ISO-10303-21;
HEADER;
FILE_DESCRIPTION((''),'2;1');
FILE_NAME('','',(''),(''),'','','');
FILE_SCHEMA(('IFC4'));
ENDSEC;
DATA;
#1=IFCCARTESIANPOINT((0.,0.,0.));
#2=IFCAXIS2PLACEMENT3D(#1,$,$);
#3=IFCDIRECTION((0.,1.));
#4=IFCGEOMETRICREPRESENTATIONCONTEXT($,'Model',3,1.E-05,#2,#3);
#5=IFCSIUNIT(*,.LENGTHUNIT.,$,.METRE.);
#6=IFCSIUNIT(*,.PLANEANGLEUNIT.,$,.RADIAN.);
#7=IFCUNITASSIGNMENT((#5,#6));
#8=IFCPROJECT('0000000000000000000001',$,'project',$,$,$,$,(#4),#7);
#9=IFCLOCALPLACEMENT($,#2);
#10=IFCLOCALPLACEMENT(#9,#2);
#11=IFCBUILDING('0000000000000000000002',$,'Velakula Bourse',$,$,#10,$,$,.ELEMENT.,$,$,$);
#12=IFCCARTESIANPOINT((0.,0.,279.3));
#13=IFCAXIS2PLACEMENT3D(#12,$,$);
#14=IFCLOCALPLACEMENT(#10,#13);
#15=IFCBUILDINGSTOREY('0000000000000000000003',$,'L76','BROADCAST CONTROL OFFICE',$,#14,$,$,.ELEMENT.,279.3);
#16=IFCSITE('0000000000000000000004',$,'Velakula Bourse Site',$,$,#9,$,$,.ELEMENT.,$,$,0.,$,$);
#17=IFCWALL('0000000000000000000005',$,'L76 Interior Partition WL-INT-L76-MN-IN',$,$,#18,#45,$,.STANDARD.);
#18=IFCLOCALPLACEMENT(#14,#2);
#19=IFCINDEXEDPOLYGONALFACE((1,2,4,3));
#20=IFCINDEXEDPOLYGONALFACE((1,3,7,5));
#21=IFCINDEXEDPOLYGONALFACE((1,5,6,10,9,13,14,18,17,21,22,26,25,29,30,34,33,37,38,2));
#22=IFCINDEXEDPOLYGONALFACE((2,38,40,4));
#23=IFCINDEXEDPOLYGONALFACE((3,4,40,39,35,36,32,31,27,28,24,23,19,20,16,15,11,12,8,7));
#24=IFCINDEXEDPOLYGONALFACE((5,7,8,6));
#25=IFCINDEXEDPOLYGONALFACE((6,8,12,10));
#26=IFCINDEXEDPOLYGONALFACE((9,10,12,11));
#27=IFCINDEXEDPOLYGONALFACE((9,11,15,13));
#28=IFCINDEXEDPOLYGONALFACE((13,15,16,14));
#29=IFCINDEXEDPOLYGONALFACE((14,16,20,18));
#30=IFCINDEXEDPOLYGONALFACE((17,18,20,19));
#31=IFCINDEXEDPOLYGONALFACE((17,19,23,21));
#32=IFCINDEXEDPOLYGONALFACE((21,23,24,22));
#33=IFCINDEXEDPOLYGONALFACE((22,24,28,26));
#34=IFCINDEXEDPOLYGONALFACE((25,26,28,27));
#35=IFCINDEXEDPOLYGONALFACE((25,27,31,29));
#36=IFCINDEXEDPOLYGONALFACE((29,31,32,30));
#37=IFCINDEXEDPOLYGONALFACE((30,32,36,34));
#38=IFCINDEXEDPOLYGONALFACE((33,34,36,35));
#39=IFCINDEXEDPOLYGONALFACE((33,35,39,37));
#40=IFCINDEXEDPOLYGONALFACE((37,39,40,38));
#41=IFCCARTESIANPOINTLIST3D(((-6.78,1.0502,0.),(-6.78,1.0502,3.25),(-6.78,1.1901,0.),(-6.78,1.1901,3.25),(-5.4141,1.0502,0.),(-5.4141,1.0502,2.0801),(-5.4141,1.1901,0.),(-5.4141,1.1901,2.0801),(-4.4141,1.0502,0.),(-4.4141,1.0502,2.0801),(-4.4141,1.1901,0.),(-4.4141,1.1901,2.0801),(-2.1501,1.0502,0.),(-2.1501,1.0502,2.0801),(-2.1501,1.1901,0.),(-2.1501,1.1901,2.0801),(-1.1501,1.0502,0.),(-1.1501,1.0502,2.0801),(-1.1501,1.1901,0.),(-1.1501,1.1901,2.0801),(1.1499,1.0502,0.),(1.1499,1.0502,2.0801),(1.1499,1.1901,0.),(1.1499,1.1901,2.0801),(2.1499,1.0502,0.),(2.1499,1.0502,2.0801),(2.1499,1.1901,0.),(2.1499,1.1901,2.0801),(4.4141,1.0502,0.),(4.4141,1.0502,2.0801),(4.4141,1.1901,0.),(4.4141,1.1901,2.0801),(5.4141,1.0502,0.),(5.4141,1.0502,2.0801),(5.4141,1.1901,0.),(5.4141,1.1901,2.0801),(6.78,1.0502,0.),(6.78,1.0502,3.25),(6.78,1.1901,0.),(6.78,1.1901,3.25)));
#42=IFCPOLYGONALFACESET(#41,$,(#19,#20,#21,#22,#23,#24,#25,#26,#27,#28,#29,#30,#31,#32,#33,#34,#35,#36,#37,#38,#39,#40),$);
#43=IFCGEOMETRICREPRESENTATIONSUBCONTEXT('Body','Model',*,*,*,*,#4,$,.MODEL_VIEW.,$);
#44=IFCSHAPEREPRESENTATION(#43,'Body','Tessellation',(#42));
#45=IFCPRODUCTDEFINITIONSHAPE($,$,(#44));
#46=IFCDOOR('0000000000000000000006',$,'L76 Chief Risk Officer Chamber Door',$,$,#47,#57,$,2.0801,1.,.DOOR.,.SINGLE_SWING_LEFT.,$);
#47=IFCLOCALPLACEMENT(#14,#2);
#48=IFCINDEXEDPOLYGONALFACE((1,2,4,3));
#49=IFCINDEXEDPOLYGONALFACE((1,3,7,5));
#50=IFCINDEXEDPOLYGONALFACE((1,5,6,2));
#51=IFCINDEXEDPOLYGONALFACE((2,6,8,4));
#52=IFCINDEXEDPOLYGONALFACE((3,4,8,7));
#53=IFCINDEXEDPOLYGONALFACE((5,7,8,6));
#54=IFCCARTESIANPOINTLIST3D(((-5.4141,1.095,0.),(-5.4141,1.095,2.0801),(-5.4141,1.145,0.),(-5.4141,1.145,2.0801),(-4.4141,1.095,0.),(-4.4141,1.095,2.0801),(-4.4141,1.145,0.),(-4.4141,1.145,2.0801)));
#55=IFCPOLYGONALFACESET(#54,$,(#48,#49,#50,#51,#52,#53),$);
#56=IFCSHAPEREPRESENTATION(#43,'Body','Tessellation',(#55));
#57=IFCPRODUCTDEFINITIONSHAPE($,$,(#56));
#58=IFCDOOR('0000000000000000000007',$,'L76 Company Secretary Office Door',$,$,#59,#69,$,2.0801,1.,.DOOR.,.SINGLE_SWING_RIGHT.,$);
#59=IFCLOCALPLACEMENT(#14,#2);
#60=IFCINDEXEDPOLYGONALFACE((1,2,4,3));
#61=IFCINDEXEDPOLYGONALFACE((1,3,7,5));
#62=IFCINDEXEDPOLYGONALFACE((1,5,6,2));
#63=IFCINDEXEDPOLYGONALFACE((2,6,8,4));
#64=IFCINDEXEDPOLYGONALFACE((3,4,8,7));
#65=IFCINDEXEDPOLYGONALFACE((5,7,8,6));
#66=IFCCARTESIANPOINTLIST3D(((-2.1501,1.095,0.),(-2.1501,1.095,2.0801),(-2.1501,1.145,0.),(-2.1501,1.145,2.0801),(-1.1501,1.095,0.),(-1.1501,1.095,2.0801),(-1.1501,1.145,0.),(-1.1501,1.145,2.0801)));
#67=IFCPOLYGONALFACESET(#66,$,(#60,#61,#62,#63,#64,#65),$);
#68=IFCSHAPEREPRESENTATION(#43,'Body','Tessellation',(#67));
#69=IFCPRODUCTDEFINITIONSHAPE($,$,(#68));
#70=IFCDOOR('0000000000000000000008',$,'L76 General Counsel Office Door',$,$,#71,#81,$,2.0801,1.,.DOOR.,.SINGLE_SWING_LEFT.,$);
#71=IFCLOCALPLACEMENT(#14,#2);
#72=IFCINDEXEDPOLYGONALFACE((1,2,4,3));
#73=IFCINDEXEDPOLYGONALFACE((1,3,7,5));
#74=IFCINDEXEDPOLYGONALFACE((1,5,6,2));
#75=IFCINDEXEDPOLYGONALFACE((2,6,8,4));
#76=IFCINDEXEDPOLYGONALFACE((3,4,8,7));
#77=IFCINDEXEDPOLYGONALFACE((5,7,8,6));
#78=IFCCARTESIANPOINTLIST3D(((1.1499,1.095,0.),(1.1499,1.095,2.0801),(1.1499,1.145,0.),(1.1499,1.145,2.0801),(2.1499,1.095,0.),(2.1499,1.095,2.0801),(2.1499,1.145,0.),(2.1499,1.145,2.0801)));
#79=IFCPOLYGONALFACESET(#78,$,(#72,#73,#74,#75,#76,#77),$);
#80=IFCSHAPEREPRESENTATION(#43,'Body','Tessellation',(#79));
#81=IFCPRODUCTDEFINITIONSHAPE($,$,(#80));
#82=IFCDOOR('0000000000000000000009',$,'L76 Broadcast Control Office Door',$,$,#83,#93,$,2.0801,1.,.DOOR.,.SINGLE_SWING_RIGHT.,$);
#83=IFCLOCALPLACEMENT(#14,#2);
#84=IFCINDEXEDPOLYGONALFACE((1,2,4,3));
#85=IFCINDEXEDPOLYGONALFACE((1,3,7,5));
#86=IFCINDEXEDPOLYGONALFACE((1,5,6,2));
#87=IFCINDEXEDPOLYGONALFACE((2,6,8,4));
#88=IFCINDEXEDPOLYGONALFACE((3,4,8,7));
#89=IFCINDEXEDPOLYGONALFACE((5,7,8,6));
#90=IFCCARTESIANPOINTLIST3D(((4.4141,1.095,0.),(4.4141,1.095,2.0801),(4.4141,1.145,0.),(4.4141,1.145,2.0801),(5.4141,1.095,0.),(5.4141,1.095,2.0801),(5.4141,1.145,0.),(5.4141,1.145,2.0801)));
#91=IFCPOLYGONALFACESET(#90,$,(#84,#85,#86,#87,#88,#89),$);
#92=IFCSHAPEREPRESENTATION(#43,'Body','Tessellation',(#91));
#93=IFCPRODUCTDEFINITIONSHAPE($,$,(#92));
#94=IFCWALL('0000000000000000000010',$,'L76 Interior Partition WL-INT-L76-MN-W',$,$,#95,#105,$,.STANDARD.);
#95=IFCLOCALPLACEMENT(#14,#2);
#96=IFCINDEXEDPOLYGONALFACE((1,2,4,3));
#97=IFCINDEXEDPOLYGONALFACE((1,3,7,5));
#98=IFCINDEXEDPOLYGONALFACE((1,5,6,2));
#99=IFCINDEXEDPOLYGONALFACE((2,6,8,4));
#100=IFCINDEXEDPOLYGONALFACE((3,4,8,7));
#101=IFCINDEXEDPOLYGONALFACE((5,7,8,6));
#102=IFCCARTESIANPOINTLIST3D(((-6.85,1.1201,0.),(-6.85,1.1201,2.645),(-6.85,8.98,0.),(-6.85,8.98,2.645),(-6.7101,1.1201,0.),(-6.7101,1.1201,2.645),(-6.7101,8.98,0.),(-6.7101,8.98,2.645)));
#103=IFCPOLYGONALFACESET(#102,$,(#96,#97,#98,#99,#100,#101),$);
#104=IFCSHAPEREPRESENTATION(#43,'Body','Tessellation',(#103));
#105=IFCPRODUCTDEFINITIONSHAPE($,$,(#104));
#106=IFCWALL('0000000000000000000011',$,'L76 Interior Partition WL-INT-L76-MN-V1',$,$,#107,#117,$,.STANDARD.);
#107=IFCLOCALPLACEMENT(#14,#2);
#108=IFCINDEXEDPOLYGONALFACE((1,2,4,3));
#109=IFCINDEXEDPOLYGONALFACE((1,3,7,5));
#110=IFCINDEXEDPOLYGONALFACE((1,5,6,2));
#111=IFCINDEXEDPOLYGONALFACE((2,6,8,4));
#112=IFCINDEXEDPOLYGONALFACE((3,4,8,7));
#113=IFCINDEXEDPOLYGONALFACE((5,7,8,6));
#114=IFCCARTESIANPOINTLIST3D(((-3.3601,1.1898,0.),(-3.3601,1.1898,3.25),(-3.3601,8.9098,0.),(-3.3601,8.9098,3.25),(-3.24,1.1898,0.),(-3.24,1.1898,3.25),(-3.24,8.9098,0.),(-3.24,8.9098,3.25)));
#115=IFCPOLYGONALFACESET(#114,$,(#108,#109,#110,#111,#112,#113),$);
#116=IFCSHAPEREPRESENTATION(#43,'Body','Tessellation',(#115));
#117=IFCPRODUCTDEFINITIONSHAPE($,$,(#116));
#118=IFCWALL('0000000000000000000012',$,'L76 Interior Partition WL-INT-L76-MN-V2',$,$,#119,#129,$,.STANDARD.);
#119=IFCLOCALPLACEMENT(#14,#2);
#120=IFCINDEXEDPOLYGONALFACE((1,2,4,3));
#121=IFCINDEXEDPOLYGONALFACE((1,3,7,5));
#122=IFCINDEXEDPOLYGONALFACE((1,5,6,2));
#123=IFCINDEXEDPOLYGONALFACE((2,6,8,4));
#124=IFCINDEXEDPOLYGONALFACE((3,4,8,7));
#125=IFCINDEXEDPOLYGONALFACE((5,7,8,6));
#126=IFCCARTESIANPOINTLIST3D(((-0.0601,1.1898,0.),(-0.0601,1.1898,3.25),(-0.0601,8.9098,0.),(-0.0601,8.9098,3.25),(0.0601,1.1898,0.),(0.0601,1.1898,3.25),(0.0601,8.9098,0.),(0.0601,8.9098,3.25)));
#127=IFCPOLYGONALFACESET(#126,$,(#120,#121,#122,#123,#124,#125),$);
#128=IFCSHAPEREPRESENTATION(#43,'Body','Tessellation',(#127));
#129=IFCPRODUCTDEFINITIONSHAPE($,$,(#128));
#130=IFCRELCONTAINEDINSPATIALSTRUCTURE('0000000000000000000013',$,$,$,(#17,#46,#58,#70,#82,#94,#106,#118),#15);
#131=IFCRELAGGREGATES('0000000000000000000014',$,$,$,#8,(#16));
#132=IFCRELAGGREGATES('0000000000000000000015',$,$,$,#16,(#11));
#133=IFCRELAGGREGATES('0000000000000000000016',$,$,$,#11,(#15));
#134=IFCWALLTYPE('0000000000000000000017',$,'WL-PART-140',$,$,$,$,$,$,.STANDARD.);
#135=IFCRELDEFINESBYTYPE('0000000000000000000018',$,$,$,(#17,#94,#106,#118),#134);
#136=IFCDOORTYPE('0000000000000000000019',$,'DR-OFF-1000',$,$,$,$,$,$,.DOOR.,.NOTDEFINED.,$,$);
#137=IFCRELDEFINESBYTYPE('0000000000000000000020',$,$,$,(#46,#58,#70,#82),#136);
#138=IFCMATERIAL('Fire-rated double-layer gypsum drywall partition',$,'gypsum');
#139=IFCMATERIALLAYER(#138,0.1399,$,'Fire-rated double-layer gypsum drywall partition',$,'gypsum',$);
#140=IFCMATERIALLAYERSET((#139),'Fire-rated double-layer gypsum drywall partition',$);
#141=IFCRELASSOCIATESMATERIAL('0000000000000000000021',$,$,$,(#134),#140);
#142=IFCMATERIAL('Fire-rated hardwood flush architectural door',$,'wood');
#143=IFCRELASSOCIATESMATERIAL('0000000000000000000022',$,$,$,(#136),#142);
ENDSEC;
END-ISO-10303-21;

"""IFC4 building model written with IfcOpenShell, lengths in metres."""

from ifc_helpers import new_model, si_unit, direction, frame, frame_2d, origin, place, context, subcontext, project, spatial, rectangle, extrude, material, layer, layer_set, type_object, element, fill, save


model = new_model("IFC4")

# Units and contexts
model_context = context("Model", 3, precision=1e-05, world=origin(), true_north=direction((0.0, 1.0)))
body_context = subcontext(model_context, "Body", "Model", "MODEL_VIEW")
ifc_project = project(units=[si_unit("LENGTHUNIT", "METRE"), si_unit("PLANEANGLEUNIT", "RADIAN")], contexts=[model_context])

# Site, building, storey
site_placement = place(None, origin())
site = spatial("IfcSite", under=ifc_project, at=site_placement, Name="Velakula Bourse Site", CompositionType="ELEMENT", RefElevation=0.0)
building_placement = place(site_placement, origin())
building = spatial("IfcBuilding", under=site, at=building_placement, Name="Velakula Bourse", CompositionType="ELEMENT")
storey_placement = place(building_placement, frame((0.0, 0.0, 279.3)))
storey = spatial("IfcBuildingStorey", under=building, at=storey_placement, Name="L76", Description="BROADCAST CONTROL OFFICE", CompositionType="ELEMENT", Elevation=279.3)

# Wall, openings, doors
ifc_material_1 = material(Name="Fire-rated double-layer gypsum drywall partition", Category="gypsum")
ifc_layer_1 = layer(ifc_material_1, 0.1399, Name="Fire-rated double-layer gypsum drywall partition", Category="gypsum")
ifc_layer_set_1 = layer_set([ifc_layer_1], Name="Fire-rated double-layer gypsum drywall partition")
wall_type = type_object("IfcWallType", Name="WL-PART-140", PredefinedType="STANDARD", material=ifc_layer_set_1)
wall_1_placement = place(storey_placement, frame((-6.78, 1.1201, 0.0), z_axis=(0.0, 0.0, 1.0), x_axis=(1.0, 0.0, 0.0)))
wall_1 = element("IfcWall", 1, at=wall_1_placement, inside=storey, type_object=wall_type, Name="L76 Interior Partition WL-INT-L76-MN-IN", PredefinedType="STANDARD", context=body_context, shape_type="SweptSolid", body=[
    extrude(rectangle(XDim=13.5601, YDim=0.1399, at=frame_2d((6.78, 0.0))), origin(), (0.0, 0.0, 1.0), 3.25),
])
opening_1_placement = place(wall_1_placement, frame((1.366, 0.0, 0.0)))
opening_1 = element("IfcOpeningElement", 2, at=opening_1_placement, cuts=wall_1, PredefinedType="OPENING", context=body_context, shape_type="SweptSolid", body=[
    extrude(rectangle(XDim=1.0, YDim=2.0801, at=frame_2d((0.5, 1.04))), frame((0.0, 0.0798, 0.0), z_axis=(0.0, -1.0, 0.0), x_axis=(1.0, 0.0, 0.0)), (0.0, 0.0, 1.0), 0.1599),
])
opening_2_placement = place(wall_1_placement, frame((4.6299, 0.0, 0.0)))
opening_2 = element("IfcOpeningElement", 3, at=opening_2_placement, cuts=wall_1, PredefinedType="OPENING", context=body_context, shape_type="SweptSolid", body=[
    extrude(rectangle(XDim=1.0, YDim=2.0801, at=frame_2d((0.5, 1.04))), frame((0.0, 0.0798, 0.0), z_axis=(0.0, -1.0, 0.0), x_axis=(1.0, 0.0, 0.0)), (0.0, 0.0, 1.0), 0.1599),
])
opening_3_placement = place(wall_1_placement, frame((7.9299, 0.0, 0.0)))
opening_3 = element("IfcOpeningElement", 4, at=opening_3_placement, cuts=wall_1, PredefinedType="OPENING", context=body_context, shape_type="SweptSolid", body=[
    extrude(rectangle(XDim=1.0, YDim=2.0801, at=frame_2d((0.5, 1.04))), frame((0.0, 0.0798, 0.0), z_axis=(0.0, -1.0, 0.0), x_axis=(1.0, 0.0, 0.0)), (0.0, 0.0, 1.0), 0.1599),
])
opening_4_placement = place(wall_1_placement, frame((11.1941, 0.0, 0.0)))
opening_4 = element("IfcOpeningElement", 5, at=opening_4_placement, cuts=wall_1, PredefinedType="OPENING", context=body_context, shape_type="SweptSolid", body=[
    extrude(rectangle(XDim=1.0, YDim=2.0801, at=frame_2d((0.5, 1.04))), frame((0.0, 0.0798, 0.0), z_axis=(0.0, -1.0, 0.0), x_axis=(1.0, 0.0, 0.0)), (0.0, 0.0, 1.0), 0.1599),
])
ifc_material_2 = material(Name="Fire-rated hardwood flush architectural door", Category="wood")
door_type = type_object("IfcDoorType", Name="DR-OFF-1000", OperationType="NOTDEFINED", PredefinedType="DOOR", material=ifc_material_2)
door_1_placement = place(opening_1_placement, origin())
door_1 = element("IfcDoor", 6, at=door_1_placement, inside=storey, type_object=door_type, Name="L76 Chief Risk Officer Chamber Door", OperationType="SINGLE_SWING_LEFT", OverallHeight=2.0801, OverallWidth=1.0, PredefinedType="DOOR", context=body_context, shape_type="SweptSolid", body=[
    extrude(rectangle(XDim=1.0, YDim=2.0801, at=frame_2d((0.5, 1.04))), frame((0.0, 0.0249, 0.0), z_axis=(0.0, -1.0, 0.0), x_axis=(1.0, 0.0, 0.0)), (0.0, 0.0, 1.0), 0.05),
])
fill(opening_1, door_1)
door_2_placement = place(opening_2_placement, origin())
door_2 = element("IfcDoor", 7, at=door_2_placement, inside=storey, type_object=door_type, Name="L76 Company Secretary Office Door", OperationType="SINGLE_SWING_RIGHT", OverallHeight=2.0801, OverallWidth=1.0, PredefinedType="DOOR", context=body_context, shape_type="SweptSolid", body=[
    extrude(rectangle(XDim=1.0, YDim=2.0801, at=frame_2d((0.5, 1.04))), frame((0.0, 0.0249, 0.0), z_axis=(0.0, -1.0, 0.0), x_axis=(1.0, 0.0, 0.0)), (0.0, 0.0, 1.0), 0.05),
])
fill(opening_2, door_2)
door_3_placement = place(opening_3_placement, origin())
door_3 = element("IfcDoor", 8, at=door_3_placement, inside=storey, type_object=door_type, Name="L76 General Counsel Office Door", OperationType="SINGLE_SWING_LEFT", OverallHeight=2.0801, OverallWidth=1.0, PredefinedType="DOOR", context=body_context, shape_type="SweptSolid", body=[
    extrude(rectangle(XDim=1.0, YDim=2.0801, at=frame_2d((0.5, 1.04))), frame((0.0, 0.0249, 0.0), z_axis=(0.0, -1.0, 0.0), x_axis=(1.0, 0.0, 0.0)), (0.0, 0.0, 1.0), 0.05),
])
fill(opening_3, door_3)
door_4_placement = place(opening_4_placement, origin())
door_4 = element("IfcDoor", 9, at=door_4_placement, inside=storey, type_object=door_type, Name="L76 Broadcast Control Office Door", OperationType="SINGLE_SWING_RIGHT", OverallHeight=2.0801, OverallWidth=1.0, PredefinedType="DOOR", context=body_context, shape_type="SweptSolid", body=[
    extrude(rectangle(XDim=1.0, YDim=2.0801, at=frame_2d((0.5, 1.04))), frame((0.0, 0.0249, 0.0), z_axis=(0.0, -1.0, 0.0), x_axis=(1.0, 0.0, 0.0)), (0.0, 0.0, 1.0), 0.05),
])
fill(opening_4, door_4)

# Walls
wall_2_placement = place(storey_placement, frame((-6.78, 1.1201, 0.0), z_axis=(0.0, 0.0, 1.0), x_axis=(0.0, 1.0, 0.0)))
element("IfcWall", 10, at=wall_2_placement, inside=storey, type_object=wall_type, Name="L76 Interior Partition WL-INT-L76-MN-W", PredefinedType="STANDARD", context=body_context, shape_type="SweptSolid", body=[
    extrude(rectangle(XDim=7.8599, YDim=0.1399, at=frame_2d((3.9299, 0.0))), origin(), (0.0, 0.0, 1.0), 2.645),
])
for number, where, z_axis, x_axis, name in (
    (11, (-3.3, 1.1899, 0.0), (0.0, 0.0, 1.0), (0.0, 1.0, 0.0), "L76 Interior Partition WL-INT-L76-MN-V1"),
    (12, (0.0, 1.1899, 0.0), (0.0, 0.0, 1.0), (0.0, 1.0, 0.0), "L76 Interior Partition WL-INT-L76-MN-V2"),
):
    element("IfcWall", number, at=place(storey_placement, frame(where, z_axis=z_axis, x_axis=x_axis)), inside=storey, type_object=wall_type, Name=name, PredefinedType="STANDARD", context=body_context, shape_type="SweptSolid", body=[
        extrude(rectangle(XDim=7.72, YDim=0.1201, at=frame_2d((3.8599, 0.0))), origin(), (0.0, 0.0, 1.0), 3.25),
    ])

save(model, "model.ifc")
